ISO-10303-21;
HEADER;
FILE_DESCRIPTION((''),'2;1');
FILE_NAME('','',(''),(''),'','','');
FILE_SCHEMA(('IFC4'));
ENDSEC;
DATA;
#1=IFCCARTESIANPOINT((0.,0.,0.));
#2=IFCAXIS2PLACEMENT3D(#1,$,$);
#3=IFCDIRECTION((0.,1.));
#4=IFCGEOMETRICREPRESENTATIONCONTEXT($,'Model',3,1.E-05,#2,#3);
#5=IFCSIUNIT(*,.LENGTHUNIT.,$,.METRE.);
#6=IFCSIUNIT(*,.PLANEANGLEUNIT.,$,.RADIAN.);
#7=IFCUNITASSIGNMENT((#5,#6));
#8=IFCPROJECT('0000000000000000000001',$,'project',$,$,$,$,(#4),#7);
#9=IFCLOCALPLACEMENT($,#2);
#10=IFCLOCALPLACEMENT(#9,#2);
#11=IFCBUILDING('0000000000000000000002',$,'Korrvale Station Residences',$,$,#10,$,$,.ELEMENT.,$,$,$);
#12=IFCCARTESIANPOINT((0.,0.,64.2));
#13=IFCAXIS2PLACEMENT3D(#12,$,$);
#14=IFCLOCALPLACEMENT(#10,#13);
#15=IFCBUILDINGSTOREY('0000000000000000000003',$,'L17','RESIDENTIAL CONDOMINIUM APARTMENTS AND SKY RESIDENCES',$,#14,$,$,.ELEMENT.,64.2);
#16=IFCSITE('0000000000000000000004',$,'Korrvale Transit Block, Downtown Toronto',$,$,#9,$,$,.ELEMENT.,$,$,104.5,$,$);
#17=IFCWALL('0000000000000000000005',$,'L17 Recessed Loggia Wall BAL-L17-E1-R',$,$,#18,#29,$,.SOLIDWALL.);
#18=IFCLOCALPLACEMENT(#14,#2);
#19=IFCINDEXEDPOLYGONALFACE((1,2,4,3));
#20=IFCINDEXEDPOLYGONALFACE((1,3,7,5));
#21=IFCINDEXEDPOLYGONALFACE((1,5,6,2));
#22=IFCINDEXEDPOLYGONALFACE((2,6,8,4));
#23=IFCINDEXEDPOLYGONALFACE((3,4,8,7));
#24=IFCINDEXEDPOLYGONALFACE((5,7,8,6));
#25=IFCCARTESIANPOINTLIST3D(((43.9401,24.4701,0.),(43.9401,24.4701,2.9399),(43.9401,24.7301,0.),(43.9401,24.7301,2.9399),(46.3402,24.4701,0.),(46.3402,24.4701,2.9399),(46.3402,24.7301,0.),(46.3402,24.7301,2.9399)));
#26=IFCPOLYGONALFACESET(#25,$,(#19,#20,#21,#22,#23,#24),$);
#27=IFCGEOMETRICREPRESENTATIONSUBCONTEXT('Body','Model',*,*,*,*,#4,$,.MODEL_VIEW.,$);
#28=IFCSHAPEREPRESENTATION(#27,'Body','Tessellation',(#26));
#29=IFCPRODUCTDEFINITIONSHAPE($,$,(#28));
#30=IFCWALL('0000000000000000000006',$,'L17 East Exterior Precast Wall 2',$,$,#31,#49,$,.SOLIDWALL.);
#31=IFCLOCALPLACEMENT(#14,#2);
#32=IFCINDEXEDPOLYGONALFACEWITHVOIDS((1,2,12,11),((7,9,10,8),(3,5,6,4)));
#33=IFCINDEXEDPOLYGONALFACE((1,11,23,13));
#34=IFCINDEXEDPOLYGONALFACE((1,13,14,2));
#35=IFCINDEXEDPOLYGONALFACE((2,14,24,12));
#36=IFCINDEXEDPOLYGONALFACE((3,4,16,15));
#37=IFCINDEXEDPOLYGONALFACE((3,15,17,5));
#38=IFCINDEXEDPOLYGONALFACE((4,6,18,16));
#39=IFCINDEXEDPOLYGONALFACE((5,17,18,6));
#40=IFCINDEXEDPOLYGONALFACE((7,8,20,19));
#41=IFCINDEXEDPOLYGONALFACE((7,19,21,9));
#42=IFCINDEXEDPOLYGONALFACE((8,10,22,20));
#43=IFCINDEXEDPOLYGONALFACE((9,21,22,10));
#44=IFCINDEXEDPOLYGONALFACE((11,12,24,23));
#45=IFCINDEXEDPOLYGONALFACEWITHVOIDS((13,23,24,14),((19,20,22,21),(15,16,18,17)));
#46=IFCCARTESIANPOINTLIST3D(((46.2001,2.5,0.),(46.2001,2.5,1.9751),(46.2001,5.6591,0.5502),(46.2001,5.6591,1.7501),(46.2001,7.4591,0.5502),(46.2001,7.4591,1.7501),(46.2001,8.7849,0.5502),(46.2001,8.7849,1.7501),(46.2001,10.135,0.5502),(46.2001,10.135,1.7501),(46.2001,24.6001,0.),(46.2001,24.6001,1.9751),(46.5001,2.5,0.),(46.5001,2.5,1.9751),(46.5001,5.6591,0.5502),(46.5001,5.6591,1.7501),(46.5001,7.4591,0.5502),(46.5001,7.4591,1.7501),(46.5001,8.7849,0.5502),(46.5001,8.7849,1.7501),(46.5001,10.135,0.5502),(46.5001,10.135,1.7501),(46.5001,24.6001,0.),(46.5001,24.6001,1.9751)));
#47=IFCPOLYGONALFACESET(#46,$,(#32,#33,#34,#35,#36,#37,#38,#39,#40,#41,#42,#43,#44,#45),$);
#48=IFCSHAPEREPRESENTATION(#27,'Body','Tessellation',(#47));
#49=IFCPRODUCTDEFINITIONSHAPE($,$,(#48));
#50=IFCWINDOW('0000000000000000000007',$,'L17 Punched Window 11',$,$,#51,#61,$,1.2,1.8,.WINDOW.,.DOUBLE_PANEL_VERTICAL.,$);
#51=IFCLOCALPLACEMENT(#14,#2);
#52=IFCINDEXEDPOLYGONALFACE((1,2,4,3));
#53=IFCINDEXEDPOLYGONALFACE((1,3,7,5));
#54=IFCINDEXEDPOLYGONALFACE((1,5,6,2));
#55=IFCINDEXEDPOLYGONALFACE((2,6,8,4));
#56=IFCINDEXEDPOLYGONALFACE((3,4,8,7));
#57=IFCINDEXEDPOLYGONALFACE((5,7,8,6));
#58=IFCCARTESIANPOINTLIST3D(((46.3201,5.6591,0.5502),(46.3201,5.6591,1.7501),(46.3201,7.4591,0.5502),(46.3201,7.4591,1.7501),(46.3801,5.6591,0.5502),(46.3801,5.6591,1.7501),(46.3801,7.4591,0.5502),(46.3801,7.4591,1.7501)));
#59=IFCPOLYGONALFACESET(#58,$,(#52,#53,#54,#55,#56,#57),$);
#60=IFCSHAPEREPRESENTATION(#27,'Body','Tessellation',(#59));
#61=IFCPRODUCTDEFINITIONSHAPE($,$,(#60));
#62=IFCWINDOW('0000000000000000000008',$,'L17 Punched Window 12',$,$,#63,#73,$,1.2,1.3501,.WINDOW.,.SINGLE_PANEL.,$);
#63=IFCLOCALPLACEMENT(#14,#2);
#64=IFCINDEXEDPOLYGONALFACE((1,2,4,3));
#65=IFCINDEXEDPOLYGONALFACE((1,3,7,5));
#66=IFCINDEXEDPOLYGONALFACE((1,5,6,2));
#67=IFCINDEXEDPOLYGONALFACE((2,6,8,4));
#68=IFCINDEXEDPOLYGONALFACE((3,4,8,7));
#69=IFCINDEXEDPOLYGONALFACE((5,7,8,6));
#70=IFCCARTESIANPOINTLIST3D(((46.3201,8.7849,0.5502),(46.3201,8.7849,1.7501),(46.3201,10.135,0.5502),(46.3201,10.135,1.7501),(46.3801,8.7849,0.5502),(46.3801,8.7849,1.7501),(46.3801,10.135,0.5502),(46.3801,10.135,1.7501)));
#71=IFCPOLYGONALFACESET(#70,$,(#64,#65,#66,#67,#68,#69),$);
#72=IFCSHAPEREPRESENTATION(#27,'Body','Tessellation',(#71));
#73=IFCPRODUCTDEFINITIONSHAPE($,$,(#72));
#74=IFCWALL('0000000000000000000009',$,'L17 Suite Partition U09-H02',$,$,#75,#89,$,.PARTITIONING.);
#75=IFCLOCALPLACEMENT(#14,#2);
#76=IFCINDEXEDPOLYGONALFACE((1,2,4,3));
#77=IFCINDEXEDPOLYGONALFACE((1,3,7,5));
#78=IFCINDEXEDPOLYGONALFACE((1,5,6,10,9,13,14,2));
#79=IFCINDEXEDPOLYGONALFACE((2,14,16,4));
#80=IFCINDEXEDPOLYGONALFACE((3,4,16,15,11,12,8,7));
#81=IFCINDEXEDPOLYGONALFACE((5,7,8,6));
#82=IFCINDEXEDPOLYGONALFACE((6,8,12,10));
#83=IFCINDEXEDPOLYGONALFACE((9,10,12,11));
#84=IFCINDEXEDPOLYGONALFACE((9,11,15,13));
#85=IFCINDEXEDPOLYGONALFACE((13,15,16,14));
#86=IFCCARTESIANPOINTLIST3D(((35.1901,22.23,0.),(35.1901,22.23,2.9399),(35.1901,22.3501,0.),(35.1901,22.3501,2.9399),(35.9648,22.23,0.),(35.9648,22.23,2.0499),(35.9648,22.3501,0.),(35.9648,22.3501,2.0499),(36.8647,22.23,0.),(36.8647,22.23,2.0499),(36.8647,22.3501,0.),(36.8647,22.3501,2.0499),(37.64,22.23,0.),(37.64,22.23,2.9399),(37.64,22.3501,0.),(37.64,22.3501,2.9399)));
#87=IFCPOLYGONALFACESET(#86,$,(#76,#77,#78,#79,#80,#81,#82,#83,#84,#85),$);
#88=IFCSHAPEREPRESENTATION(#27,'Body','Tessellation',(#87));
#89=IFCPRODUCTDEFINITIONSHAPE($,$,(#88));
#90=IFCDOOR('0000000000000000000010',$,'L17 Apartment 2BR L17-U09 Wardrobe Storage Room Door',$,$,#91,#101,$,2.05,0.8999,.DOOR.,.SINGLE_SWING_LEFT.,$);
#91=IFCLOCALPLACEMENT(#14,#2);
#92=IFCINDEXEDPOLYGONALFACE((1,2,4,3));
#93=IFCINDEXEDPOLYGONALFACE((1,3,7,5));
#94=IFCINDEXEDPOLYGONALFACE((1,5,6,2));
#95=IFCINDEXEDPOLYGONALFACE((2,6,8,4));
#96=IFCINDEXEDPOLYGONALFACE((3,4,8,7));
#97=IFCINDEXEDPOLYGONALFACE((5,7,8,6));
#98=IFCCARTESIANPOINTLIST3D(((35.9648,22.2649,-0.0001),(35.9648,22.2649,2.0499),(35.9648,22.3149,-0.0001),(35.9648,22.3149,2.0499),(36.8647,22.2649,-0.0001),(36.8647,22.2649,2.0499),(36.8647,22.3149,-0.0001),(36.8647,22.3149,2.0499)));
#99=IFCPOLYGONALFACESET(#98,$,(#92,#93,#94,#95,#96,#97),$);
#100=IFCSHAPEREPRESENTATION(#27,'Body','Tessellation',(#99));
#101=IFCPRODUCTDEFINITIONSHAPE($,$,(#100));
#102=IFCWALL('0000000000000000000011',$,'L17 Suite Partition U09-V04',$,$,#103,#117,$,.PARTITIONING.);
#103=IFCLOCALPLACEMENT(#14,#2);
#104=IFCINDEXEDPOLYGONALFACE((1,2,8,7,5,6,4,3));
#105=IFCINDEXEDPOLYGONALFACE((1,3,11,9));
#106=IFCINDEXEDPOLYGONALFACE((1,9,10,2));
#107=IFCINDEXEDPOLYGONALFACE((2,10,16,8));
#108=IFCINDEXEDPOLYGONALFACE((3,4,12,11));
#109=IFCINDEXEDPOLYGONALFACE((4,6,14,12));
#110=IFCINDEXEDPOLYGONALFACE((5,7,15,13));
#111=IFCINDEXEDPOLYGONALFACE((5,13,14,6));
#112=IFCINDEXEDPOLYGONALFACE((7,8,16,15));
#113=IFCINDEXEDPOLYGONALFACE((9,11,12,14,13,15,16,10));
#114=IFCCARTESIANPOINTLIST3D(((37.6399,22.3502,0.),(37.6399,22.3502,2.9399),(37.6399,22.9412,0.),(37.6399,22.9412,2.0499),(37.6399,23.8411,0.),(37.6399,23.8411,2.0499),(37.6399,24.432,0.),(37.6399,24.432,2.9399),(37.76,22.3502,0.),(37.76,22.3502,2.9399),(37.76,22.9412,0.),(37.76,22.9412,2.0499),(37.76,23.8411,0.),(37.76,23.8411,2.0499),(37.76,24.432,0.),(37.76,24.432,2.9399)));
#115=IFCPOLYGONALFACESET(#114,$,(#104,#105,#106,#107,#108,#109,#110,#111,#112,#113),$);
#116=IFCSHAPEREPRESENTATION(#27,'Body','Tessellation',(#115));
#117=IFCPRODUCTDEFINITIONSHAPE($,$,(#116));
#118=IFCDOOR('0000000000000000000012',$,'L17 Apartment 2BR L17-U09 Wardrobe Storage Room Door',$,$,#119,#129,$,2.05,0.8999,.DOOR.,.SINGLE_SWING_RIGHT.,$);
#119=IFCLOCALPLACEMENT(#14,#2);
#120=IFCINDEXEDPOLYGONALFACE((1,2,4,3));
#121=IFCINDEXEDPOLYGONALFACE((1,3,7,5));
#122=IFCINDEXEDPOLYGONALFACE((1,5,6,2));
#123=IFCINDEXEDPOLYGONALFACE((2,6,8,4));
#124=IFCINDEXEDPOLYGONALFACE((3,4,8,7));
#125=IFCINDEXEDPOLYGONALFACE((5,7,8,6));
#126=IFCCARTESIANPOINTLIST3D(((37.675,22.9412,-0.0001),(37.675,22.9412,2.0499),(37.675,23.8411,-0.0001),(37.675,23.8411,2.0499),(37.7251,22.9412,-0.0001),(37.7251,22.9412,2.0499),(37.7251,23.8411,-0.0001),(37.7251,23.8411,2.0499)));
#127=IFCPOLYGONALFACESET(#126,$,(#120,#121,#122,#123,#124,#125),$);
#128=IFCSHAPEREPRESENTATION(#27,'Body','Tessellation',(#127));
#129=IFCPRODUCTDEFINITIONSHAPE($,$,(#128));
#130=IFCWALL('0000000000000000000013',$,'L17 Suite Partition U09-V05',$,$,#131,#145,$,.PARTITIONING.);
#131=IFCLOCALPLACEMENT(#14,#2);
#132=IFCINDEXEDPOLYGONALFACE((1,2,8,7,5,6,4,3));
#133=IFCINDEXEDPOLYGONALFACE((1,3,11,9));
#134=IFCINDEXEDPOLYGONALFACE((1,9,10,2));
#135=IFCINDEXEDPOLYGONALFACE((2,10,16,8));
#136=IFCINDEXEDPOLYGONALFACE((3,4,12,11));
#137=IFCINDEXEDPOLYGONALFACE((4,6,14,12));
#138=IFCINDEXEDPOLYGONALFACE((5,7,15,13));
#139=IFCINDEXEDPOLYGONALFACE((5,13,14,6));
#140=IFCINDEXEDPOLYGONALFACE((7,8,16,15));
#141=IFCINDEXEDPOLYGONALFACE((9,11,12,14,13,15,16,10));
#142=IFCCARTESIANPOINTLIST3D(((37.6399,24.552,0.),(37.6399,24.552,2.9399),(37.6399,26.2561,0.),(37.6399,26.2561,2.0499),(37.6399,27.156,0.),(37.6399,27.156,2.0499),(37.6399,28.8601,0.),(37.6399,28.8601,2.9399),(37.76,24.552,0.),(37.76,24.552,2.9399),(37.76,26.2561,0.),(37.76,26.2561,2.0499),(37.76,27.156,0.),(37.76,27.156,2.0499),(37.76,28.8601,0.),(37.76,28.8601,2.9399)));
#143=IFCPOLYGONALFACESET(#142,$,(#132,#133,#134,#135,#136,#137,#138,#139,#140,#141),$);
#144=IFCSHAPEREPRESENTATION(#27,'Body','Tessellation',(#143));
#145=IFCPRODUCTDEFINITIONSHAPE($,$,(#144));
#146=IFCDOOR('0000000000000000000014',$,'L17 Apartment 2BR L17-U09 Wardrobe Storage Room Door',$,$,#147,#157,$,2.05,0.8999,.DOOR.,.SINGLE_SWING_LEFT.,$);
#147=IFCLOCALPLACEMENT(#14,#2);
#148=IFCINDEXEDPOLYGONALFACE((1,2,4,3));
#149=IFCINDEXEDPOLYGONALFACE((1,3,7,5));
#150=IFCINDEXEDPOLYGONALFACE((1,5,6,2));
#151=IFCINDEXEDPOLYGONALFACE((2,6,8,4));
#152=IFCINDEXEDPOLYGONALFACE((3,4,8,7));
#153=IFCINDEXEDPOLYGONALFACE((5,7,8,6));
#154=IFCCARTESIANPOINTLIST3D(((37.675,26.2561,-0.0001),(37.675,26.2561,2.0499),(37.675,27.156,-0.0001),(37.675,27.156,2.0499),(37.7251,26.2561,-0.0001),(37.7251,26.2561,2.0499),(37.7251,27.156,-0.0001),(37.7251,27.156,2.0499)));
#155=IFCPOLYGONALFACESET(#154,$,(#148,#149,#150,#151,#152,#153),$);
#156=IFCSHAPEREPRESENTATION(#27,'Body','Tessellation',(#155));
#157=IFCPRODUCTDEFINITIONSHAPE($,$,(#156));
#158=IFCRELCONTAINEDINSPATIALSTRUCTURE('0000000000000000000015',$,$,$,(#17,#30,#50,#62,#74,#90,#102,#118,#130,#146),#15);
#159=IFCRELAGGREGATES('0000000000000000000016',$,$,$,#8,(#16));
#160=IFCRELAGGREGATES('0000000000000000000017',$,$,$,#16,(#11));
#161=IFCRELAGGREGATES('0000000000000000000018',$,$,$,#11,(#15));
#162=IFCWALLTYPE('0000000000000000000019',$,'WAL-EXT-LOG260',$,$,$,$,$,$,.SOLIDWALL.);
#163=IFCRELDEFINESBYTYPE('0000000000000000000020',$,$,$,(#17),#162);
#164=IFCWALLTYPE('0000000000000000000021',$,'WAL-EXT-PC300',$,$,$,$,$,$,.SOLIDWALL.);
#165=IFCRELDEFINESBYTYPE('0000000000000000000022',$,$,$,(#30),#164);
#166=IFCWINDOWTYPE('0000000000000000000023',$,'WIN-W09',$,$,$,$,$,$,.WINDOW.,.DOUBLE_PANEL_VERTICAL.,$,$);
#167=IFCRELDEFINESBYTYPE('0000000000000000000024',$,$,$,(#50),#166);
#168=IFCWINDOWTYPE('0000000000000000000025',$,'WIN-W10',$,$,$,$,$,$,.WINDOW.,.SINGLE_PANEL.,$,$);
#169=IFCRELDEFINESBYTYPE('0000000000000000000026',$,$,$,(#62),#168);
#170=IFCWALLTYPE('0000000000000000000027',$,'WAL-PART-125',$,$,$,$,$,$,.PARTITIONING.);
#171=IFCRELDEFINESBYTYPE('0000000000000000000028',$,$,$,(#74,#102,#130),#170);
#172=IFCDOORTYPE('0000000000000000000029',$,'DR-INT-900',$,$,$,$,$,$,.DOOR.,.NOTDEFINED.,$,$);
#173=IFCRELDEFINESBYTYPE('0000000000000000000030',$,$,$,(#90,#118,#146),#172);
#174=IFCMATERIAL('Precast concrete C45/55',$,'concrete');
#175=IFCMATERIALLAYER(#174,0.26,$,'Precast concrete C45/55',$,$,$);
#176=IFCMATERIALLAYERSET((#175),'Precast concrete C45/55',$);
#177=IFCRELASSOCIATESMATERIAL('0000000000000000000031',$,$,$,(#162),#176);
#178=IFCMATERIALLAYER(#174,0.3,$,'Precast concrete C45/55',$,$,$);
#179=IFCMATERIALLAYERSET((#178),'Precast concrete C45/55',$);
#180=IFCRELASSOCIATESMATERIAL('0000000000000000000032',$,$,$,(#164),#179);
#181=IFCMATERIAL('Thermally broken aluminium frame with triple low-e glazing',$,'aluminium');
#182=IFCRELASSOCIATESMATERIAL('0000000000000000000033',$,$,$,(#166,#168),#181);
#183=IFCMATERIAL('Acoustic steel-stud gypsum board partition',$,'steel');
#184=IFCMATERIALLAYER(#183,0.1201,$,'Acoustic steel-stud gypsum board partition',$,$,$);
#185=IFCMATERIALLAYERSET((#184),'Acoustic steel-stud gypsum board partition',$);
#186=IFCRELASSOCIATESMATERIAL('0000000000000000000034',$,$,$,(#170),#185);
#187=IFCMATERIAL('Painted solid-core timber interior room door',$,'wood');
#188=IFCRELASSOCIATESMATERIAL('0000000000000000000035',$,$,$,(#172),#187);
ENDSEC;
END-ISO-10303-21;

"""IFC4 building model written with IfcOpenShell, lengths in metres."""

from ifc_helpers import new_model, si_unit, direction, frame, frame_2d, origin, place, context, subcontext, project, spatial, rectangle, extrude, material, layer, layer_set, type_object, element, fill, save


model = new_model("IFC4")

# Units and contexts
model_context = context("Model", 3, precision=1e-05, world=origin(), true_north=direction((0.0, 1.0)))
body_context = subcontext(model_context, "Body", "Model", "MODEL_VIEW")
ifc_project = project(units=[si_unit("LENGTHUNIT", "METRE"), si_unit("PLANEANGLEUNIT", "RADIAN")], contexts=[model_context])

# Site, building, storey
site_placement = place(None, origin())
site = spatial("IfcSite", under=ifc_project, at=site_placement, Name="Korrvale Transit Block, Downtown Toronto", CompositionType="ELEMENT", RefElevation=104.5)
building_placement = place(site_placement, origin())
building = spatial("IfcBuilding", under=site, at=building_placement, Name="Korrvale Station Residences", CompositionType="ELEMENT")
storey_placement = place(building_placement, frame((0.0, 0.0, 64.2)))
storey = spatial("IfcBuildingStorey", under=building, at=storey_placement, Name="L17", Description="RESIDENTIAL CONDOMINIUM APARTMENTS AND SKY RESIDENCES", CompositionType="ELEMENT", Elevation=64.2)

# Shared definitions
ifc_material_1 = material(Name="Precast concrete C45/55", Category="concrete")
ifc_layer_1 = layer(ifc_material_1, 0.26, Name="Precast concrete C45/55")
ifc_layer_set_1 = layer_set([ifc_layer_1], Name="Precast concrete C45/55")
wall_type_1 = type_object("IfcWallType", Name="WAL-EXT-LOG260", PredefinedType="SOLIDWALL", material=ifc_layer_set_1)

# Shared definitions
ifc_material_2 = material(Name="Thermally broken aluminium frame with triple low-e glazing", Category="aluminium")

# Wall
wall_1_placement = place(storey_placement, frame((43.9399, 24.6001, 0.0), z_axis=(0.0, 0.0, 1.0), x_axis=(1.0, 0.0, 0.0)))
element("IfcWall", 1, at=wall_1_placement, inside=storey, type_object=wall_type_1, Name="L17 Recessed Loggia Wall BAL-L17-E1-R", PredefinedType="SOLIDWALL", context=body_context, shape_type="SweptSolid", body=[
    extrude(rectangle(XDim=2.4001, YDim=0.26, at=frame_2d((1.2002, 0.0))), origin(), (0.0, 0.0, 1.0), 2.9399),
])

# Wall, openings, windows
ifc_layer_2 = layer(ifc_material_1, 0.3, Name="Precast concrete C45/55")
ifc_layer_set_2 = layer_set([ifc_layer_2], Name="Precast concrete C45/55")
wall_type_2 = type_object("IfcWallType", Name="WAL-EXT-PC300", PredefinedType="SOLIDWALL", material=ifc_layer_set_2)
wall_2_placement = place(storey_placement, frame((46.3501, 24.6001, 0.0), z_axis=(0.0, 0.0, 1.0), x_axis=(0.0, -1.0, 0.0)))
wall_2 = element("IfcWall", 2, at=wall_2_placement, inside=storey, type_object=wall_type_2, Name="L17 East Exterior Precast Wall 2", PredefinedType="SOLIDWALL", context=body_context, shape_type="SweptSolid", body=[
    extrude(rectangle(XDim=22.1001, YDim=0.3, at=frame_2d((11.05, 0.0))), origin(), (0.0, 0.0, 1.0), 1.9751),
])
opening_1_placement = place(wall_2_placement, frame((17.1411, 0.0, 0.55)))
opening_1 = element("IfcOpeningElement", 3, at=opening_1_placement, cuts=wall_2, PredefinedType="OPENING", context=body_context, shape_type="SweptSolid", body=[
    extrude(rectangle(XDim=1.8, YDim=1.2, at=frame_2d((0.8999, 0.6001))), frame((0.0, 0.1602, 0.0), z_axis=(0.0, -1.0, 0.0), x_axis=(1.0, 0.0, 0.0)), (0.0, 0.0, 1.0), 0.3201),
])
opening_2_placement = place(wall_2_placement, frame((14.4651, 0.0, 0.55)))
opening_2 = element("IfcOpeningElement", 4, at=opening_2_placement, cuts=wall_2, PredefinedType="OPENING", context=body_context, shape_type="SweptSolid", body=[
    extrude(rectangle(XDim=1.3501, YDim=1.2, at=frame_2d((0.675, 0.6001))), frame((0.0, 0.1602, 0.0), z_axis=(0.0, -1.0, 0.0), x_axis=(1.0, 0.0, 0.0)), (0.0, 0.0, 1.0), 0.3201),
])
window_type_1 = type_object("IfcWindowType", Name="WIN-W09", PartitioningType="DOUBLE_PANEL_VERTICAL", PredefinedType="WINDOW", material=ifc_material_2)
window_1_placement = place(opening_1_placement, origin())
window_1 = element("IfcWindow", 5, at=window_1_placement, inside=storey, type_object=window_type_1, Name="L17 Punched Window 11", OverallHeight=1.2, OverallWidth=1.8, PartitioningType="DOUBLE_PANEL_VERTICAL", PredefinedType="WINDOW", context=body_context, shape_type="SweptSolid", body=[
    extrude(rectangle(XDim=1.8, YDim=1.2, at=frame_2d((0.8999, 0.6001))), frame((0.0, 0.03, 0.0), z_axis=(0.0, -1.0, 0.0), x_axis=(1.0, 0.0, 0.0)), (0.0, 0.0, 1.0), 0.0601),
])
fill(opening_1, window_1)
window_type_2 = type_object("IfcWindowType", Name="WIN-W10", PartitioningType="SINGLE_PANEL", PredefinedType="WINDOW", material=ifc_material_2)
window_2_placement = place(opening_2_placement, origin())
window_2 = element("IfcWindow", 6, at=window_2_placement, inside=storey, type_object=window_type_2, Name="L17 Punched Window 12", OverallHeight=1.2, OverallWidth=1.3501, PartitioningType="SINGLE_PANEL", PredefinedType="WINDOW", context=body_context, shape_type="SweptSolid", body=[
    extrude(rectangle(XDim=1.3501, YDim=1.2, at=frame_2d((0.675, 0.6001))), frame((0.0, 0.03, 0.0), z_axis=(0.0, -1.0, 0.0), x_axis=(1.0, 0.0, 0.0)), (0.0, 0.0, 1.0), 0.0601),
])
fill(opening_2, window_2)

# Walls, openings, doors
ifc_material_3 = material(Name="Acoustic steel-stud gypsum board partition", Category="steel")
ifc_layer_3 = layer(ifc_material_3, 0.1201, Name="Acoustic steel-stud gypsum board partition")
ifc_layer_set_3 = layer_set([ifc_layer_3], Name="Acoustic steel-stud gypsum board partition")
wall_type_3 = type_object("IfcWallType", Name="WAL-PART-125", PredefinedType="PARTITIONING", material=ifc_layer_set_3)
wall_3_placement = place(storey_placement, frame((35.1899, 22.29, 0.0), z_axis=(0.0, 0.0, 1.0), x_axis=(1.0, 0.0, 0.0)))
wall_3 = element("IfcWall", 7, at=wall_3_placement, inside=storey, type_object=wall_type_3, Name="L17 Suite Partition U09-H02", PredefinedType="PARTITIONING", context=body_context, shape_type="SweptSolid", body=[
    extrude(rectangle(XDim=2.45, YDim=0.1201, at=frame_2d((1.2251, 0.0))), origin(), (0.0, 0.0, 1.0), 2.9399),
])
opening_3_placement = place(wall_3_placement, frame((0.7749, 0.0, 0.0)))
opening_3 = element("IfcOpeningElement", 8, at=opening_3_placement, cuts=wall_3, PredefinedType="OPENING", context=body_context, shape_type="SweptSolid", body=[
    extrude(rectangle(XDim=0.8999, YDim=2.05, at=frame_2d((0.45, 1.0249))), frame((0.0, 0.0701, 0.0), z_axis=(0.0, -1.0, 0.0), x_axis=(1.0, 0.0, 0.0)), (0.0, 0.0, 1.0), 0.1401),
])
ifc_material_4 = material(Name="Painted solid-core timber interior room door", Category="wood")
door_type_1 = type_object("IfcDoorType", Name="DR-INT-900", OperationType="NOTDEFINED", PredefinedType="DOOR", material=ifc_material_4)
door_1_placement = place(opening_3_placement, origin())
door_1 = element("IfcDoor", 9, at=door_1_placement, inside=storey, type_object=door_type_1, Name="L17 Apartment 2BR L17-U09 Wardrobe Storage Room Door", OperationType="SINGLE_SWING_LEFT", OverallHeight=2.05, OverallWidth=0.8999, PredefinedType="DOOR", context=body_context, shape_type="SweptSolid", body=[
    extrude(rectangle(XDim=0.8999, YDim=2.05, at=frame_2d((0.45, 1.0249))), frame((0.0, 0.0249, 0.0), z_axis=(0.0, -1.0, 0.0), x_axis=(1.0, 0.0, 0.0)), (0.0, 0.0, 1.0), 0.05),
])
fill(opening_3, door_1)
wall_4_placement = place(storey_placement, frame((37.7, 22.3501, 0.0), z_axis=(0.0, 0.0, 1.0), x_axis=(0.0, 1.0, 0.0)))
wall_4 = element("IfcWall", 10, at=wall_4_placement, inside=storey, type_object=wall_type_3, Name="L17 Suite Partition U09-V04", PredefinedType="PARTITIONING", context=body_context, shape_type="SweptSolid", body=[
    extrude(rectangle(XDim=2.0818, YDim=0.1201, at=frame_2d((1.041, 0.0))), origin(), (0.0, 0.0, 1.0), 2.9399),
])
opening_4_placement = place(wall_4_placement, frame((0.5911, 0.0, 0.0)))
opening_4 = element("IfcOpeningElement", 11, at=opening_4_placement, cuts=wall_4, PredefinedType="OPENING", context=body_context, shape_type="SweptSolid", body=[
    extrude(rectangle(XDim=0.8999, YDim=2.05, at=frame_2d((0.45, 1.0249))), frame((0.0, 0.0701, 0.0), z_axis=(0.0, -1.0, 0.0), x_axis=(1.0, 0.0, 0.0)), (0.0, 0.0, 1.0), 0.1401),
])
door_2_placement = place(opening_4_placement, origin())
door_2 = element("IfcDoor", 12, at=door_2_placement, inside=storey, type_object=door_type_1, Name="L17 Apartment 2BR L17-U09 Wardrobe Storage Room Door", OperationType="SINGLE_SWING_RIGHT", OverallHeight=2.05, OverallWidth=0.8999, PredefinedType="DOOR", context=body_context, shape_type="SweptSolid", body=[
    extrude(rectangle(XDim=0.8999, YDim=2.05, at=frame_2d((0.45, 1.0249))), frame((0.0, 0.0249, 0.0), z_axis=(0.0, -1.0, 0.0), x_axis=(1.0, 0.0, 0.0)), (0.0, 0.0, 1.0), 0.05),
])
fill(opening_4, door_2)
wall_5_placement = place(storey_placement, frame((37.7, 24.552, 0.0), z_axis=(0.0, 0.0, 1.0), x_axis=(0.0, 1.0, 0.0)))
wall_5 = element("IfcWall", 13, at=wall_5_placement, inside=storey, type_object=wall_type_3, Name="L17 Suite Partition U09-V05", PredefinedType="PARTITIONING", context=body_context, shape_type="SweptSolid", body=[
    extrude(rectangle(XDim=4.3081, YDim=0.1201, at=frame_2d((2.1541, 0.0))), origin(), (0.0, 0.0, 1.0), 2.9399),
])
opening_5_placement = place(wall_5_placement, frame((1.7041, 0.0, 0.0)))
opening_5 = element("IfcOpeningElement", 14, at=opening_5_placement, cuts=wall_5, PredefinedType="OPENING", context=body_context, shape_type="SweptSolid", body=[
    extrude(rectangle(XDim=0.8999, YDim=2.05, at=frame_2d((0.45, 1.0249))), frame((0.0, 0.0701, 0.0), z_axis=(0.0, -1.0, 0.0), x_axis=(1.0, 0.0, 0.0)), (0.0, 0.0, 1.0), 0.1401),
])
door_3_placement = place(opening_5_placement, origin())
door_3 = element("IfcDoor", 15, at=door_3_placement, inside=storey, type_object=door_type_1, Name="L17 Apartment 2BR L17-U09 Wardrobe Storage Room Door", OperationType="SINGLE_SWING_LEFT", OverallHeight=2.05, OverallWidth=0.8999, PredefinedType="DOOR", context=body_context, shape_type="SweptSolid", body=[
    extrude(rectangle(XDim=0.8999, YDim=2.05, at=frame_2d((0.45, 1.0249))), frame((0.0, 0.0249, 0.0), z_axis=(0.0, -1.0, 0.0), x_axis=(1.0, 0.0, 0.0)), (0.0, 0.0, 1.0), 0.05),
])
fill(opening_5, door_3)

save(model, "model.ifc")
